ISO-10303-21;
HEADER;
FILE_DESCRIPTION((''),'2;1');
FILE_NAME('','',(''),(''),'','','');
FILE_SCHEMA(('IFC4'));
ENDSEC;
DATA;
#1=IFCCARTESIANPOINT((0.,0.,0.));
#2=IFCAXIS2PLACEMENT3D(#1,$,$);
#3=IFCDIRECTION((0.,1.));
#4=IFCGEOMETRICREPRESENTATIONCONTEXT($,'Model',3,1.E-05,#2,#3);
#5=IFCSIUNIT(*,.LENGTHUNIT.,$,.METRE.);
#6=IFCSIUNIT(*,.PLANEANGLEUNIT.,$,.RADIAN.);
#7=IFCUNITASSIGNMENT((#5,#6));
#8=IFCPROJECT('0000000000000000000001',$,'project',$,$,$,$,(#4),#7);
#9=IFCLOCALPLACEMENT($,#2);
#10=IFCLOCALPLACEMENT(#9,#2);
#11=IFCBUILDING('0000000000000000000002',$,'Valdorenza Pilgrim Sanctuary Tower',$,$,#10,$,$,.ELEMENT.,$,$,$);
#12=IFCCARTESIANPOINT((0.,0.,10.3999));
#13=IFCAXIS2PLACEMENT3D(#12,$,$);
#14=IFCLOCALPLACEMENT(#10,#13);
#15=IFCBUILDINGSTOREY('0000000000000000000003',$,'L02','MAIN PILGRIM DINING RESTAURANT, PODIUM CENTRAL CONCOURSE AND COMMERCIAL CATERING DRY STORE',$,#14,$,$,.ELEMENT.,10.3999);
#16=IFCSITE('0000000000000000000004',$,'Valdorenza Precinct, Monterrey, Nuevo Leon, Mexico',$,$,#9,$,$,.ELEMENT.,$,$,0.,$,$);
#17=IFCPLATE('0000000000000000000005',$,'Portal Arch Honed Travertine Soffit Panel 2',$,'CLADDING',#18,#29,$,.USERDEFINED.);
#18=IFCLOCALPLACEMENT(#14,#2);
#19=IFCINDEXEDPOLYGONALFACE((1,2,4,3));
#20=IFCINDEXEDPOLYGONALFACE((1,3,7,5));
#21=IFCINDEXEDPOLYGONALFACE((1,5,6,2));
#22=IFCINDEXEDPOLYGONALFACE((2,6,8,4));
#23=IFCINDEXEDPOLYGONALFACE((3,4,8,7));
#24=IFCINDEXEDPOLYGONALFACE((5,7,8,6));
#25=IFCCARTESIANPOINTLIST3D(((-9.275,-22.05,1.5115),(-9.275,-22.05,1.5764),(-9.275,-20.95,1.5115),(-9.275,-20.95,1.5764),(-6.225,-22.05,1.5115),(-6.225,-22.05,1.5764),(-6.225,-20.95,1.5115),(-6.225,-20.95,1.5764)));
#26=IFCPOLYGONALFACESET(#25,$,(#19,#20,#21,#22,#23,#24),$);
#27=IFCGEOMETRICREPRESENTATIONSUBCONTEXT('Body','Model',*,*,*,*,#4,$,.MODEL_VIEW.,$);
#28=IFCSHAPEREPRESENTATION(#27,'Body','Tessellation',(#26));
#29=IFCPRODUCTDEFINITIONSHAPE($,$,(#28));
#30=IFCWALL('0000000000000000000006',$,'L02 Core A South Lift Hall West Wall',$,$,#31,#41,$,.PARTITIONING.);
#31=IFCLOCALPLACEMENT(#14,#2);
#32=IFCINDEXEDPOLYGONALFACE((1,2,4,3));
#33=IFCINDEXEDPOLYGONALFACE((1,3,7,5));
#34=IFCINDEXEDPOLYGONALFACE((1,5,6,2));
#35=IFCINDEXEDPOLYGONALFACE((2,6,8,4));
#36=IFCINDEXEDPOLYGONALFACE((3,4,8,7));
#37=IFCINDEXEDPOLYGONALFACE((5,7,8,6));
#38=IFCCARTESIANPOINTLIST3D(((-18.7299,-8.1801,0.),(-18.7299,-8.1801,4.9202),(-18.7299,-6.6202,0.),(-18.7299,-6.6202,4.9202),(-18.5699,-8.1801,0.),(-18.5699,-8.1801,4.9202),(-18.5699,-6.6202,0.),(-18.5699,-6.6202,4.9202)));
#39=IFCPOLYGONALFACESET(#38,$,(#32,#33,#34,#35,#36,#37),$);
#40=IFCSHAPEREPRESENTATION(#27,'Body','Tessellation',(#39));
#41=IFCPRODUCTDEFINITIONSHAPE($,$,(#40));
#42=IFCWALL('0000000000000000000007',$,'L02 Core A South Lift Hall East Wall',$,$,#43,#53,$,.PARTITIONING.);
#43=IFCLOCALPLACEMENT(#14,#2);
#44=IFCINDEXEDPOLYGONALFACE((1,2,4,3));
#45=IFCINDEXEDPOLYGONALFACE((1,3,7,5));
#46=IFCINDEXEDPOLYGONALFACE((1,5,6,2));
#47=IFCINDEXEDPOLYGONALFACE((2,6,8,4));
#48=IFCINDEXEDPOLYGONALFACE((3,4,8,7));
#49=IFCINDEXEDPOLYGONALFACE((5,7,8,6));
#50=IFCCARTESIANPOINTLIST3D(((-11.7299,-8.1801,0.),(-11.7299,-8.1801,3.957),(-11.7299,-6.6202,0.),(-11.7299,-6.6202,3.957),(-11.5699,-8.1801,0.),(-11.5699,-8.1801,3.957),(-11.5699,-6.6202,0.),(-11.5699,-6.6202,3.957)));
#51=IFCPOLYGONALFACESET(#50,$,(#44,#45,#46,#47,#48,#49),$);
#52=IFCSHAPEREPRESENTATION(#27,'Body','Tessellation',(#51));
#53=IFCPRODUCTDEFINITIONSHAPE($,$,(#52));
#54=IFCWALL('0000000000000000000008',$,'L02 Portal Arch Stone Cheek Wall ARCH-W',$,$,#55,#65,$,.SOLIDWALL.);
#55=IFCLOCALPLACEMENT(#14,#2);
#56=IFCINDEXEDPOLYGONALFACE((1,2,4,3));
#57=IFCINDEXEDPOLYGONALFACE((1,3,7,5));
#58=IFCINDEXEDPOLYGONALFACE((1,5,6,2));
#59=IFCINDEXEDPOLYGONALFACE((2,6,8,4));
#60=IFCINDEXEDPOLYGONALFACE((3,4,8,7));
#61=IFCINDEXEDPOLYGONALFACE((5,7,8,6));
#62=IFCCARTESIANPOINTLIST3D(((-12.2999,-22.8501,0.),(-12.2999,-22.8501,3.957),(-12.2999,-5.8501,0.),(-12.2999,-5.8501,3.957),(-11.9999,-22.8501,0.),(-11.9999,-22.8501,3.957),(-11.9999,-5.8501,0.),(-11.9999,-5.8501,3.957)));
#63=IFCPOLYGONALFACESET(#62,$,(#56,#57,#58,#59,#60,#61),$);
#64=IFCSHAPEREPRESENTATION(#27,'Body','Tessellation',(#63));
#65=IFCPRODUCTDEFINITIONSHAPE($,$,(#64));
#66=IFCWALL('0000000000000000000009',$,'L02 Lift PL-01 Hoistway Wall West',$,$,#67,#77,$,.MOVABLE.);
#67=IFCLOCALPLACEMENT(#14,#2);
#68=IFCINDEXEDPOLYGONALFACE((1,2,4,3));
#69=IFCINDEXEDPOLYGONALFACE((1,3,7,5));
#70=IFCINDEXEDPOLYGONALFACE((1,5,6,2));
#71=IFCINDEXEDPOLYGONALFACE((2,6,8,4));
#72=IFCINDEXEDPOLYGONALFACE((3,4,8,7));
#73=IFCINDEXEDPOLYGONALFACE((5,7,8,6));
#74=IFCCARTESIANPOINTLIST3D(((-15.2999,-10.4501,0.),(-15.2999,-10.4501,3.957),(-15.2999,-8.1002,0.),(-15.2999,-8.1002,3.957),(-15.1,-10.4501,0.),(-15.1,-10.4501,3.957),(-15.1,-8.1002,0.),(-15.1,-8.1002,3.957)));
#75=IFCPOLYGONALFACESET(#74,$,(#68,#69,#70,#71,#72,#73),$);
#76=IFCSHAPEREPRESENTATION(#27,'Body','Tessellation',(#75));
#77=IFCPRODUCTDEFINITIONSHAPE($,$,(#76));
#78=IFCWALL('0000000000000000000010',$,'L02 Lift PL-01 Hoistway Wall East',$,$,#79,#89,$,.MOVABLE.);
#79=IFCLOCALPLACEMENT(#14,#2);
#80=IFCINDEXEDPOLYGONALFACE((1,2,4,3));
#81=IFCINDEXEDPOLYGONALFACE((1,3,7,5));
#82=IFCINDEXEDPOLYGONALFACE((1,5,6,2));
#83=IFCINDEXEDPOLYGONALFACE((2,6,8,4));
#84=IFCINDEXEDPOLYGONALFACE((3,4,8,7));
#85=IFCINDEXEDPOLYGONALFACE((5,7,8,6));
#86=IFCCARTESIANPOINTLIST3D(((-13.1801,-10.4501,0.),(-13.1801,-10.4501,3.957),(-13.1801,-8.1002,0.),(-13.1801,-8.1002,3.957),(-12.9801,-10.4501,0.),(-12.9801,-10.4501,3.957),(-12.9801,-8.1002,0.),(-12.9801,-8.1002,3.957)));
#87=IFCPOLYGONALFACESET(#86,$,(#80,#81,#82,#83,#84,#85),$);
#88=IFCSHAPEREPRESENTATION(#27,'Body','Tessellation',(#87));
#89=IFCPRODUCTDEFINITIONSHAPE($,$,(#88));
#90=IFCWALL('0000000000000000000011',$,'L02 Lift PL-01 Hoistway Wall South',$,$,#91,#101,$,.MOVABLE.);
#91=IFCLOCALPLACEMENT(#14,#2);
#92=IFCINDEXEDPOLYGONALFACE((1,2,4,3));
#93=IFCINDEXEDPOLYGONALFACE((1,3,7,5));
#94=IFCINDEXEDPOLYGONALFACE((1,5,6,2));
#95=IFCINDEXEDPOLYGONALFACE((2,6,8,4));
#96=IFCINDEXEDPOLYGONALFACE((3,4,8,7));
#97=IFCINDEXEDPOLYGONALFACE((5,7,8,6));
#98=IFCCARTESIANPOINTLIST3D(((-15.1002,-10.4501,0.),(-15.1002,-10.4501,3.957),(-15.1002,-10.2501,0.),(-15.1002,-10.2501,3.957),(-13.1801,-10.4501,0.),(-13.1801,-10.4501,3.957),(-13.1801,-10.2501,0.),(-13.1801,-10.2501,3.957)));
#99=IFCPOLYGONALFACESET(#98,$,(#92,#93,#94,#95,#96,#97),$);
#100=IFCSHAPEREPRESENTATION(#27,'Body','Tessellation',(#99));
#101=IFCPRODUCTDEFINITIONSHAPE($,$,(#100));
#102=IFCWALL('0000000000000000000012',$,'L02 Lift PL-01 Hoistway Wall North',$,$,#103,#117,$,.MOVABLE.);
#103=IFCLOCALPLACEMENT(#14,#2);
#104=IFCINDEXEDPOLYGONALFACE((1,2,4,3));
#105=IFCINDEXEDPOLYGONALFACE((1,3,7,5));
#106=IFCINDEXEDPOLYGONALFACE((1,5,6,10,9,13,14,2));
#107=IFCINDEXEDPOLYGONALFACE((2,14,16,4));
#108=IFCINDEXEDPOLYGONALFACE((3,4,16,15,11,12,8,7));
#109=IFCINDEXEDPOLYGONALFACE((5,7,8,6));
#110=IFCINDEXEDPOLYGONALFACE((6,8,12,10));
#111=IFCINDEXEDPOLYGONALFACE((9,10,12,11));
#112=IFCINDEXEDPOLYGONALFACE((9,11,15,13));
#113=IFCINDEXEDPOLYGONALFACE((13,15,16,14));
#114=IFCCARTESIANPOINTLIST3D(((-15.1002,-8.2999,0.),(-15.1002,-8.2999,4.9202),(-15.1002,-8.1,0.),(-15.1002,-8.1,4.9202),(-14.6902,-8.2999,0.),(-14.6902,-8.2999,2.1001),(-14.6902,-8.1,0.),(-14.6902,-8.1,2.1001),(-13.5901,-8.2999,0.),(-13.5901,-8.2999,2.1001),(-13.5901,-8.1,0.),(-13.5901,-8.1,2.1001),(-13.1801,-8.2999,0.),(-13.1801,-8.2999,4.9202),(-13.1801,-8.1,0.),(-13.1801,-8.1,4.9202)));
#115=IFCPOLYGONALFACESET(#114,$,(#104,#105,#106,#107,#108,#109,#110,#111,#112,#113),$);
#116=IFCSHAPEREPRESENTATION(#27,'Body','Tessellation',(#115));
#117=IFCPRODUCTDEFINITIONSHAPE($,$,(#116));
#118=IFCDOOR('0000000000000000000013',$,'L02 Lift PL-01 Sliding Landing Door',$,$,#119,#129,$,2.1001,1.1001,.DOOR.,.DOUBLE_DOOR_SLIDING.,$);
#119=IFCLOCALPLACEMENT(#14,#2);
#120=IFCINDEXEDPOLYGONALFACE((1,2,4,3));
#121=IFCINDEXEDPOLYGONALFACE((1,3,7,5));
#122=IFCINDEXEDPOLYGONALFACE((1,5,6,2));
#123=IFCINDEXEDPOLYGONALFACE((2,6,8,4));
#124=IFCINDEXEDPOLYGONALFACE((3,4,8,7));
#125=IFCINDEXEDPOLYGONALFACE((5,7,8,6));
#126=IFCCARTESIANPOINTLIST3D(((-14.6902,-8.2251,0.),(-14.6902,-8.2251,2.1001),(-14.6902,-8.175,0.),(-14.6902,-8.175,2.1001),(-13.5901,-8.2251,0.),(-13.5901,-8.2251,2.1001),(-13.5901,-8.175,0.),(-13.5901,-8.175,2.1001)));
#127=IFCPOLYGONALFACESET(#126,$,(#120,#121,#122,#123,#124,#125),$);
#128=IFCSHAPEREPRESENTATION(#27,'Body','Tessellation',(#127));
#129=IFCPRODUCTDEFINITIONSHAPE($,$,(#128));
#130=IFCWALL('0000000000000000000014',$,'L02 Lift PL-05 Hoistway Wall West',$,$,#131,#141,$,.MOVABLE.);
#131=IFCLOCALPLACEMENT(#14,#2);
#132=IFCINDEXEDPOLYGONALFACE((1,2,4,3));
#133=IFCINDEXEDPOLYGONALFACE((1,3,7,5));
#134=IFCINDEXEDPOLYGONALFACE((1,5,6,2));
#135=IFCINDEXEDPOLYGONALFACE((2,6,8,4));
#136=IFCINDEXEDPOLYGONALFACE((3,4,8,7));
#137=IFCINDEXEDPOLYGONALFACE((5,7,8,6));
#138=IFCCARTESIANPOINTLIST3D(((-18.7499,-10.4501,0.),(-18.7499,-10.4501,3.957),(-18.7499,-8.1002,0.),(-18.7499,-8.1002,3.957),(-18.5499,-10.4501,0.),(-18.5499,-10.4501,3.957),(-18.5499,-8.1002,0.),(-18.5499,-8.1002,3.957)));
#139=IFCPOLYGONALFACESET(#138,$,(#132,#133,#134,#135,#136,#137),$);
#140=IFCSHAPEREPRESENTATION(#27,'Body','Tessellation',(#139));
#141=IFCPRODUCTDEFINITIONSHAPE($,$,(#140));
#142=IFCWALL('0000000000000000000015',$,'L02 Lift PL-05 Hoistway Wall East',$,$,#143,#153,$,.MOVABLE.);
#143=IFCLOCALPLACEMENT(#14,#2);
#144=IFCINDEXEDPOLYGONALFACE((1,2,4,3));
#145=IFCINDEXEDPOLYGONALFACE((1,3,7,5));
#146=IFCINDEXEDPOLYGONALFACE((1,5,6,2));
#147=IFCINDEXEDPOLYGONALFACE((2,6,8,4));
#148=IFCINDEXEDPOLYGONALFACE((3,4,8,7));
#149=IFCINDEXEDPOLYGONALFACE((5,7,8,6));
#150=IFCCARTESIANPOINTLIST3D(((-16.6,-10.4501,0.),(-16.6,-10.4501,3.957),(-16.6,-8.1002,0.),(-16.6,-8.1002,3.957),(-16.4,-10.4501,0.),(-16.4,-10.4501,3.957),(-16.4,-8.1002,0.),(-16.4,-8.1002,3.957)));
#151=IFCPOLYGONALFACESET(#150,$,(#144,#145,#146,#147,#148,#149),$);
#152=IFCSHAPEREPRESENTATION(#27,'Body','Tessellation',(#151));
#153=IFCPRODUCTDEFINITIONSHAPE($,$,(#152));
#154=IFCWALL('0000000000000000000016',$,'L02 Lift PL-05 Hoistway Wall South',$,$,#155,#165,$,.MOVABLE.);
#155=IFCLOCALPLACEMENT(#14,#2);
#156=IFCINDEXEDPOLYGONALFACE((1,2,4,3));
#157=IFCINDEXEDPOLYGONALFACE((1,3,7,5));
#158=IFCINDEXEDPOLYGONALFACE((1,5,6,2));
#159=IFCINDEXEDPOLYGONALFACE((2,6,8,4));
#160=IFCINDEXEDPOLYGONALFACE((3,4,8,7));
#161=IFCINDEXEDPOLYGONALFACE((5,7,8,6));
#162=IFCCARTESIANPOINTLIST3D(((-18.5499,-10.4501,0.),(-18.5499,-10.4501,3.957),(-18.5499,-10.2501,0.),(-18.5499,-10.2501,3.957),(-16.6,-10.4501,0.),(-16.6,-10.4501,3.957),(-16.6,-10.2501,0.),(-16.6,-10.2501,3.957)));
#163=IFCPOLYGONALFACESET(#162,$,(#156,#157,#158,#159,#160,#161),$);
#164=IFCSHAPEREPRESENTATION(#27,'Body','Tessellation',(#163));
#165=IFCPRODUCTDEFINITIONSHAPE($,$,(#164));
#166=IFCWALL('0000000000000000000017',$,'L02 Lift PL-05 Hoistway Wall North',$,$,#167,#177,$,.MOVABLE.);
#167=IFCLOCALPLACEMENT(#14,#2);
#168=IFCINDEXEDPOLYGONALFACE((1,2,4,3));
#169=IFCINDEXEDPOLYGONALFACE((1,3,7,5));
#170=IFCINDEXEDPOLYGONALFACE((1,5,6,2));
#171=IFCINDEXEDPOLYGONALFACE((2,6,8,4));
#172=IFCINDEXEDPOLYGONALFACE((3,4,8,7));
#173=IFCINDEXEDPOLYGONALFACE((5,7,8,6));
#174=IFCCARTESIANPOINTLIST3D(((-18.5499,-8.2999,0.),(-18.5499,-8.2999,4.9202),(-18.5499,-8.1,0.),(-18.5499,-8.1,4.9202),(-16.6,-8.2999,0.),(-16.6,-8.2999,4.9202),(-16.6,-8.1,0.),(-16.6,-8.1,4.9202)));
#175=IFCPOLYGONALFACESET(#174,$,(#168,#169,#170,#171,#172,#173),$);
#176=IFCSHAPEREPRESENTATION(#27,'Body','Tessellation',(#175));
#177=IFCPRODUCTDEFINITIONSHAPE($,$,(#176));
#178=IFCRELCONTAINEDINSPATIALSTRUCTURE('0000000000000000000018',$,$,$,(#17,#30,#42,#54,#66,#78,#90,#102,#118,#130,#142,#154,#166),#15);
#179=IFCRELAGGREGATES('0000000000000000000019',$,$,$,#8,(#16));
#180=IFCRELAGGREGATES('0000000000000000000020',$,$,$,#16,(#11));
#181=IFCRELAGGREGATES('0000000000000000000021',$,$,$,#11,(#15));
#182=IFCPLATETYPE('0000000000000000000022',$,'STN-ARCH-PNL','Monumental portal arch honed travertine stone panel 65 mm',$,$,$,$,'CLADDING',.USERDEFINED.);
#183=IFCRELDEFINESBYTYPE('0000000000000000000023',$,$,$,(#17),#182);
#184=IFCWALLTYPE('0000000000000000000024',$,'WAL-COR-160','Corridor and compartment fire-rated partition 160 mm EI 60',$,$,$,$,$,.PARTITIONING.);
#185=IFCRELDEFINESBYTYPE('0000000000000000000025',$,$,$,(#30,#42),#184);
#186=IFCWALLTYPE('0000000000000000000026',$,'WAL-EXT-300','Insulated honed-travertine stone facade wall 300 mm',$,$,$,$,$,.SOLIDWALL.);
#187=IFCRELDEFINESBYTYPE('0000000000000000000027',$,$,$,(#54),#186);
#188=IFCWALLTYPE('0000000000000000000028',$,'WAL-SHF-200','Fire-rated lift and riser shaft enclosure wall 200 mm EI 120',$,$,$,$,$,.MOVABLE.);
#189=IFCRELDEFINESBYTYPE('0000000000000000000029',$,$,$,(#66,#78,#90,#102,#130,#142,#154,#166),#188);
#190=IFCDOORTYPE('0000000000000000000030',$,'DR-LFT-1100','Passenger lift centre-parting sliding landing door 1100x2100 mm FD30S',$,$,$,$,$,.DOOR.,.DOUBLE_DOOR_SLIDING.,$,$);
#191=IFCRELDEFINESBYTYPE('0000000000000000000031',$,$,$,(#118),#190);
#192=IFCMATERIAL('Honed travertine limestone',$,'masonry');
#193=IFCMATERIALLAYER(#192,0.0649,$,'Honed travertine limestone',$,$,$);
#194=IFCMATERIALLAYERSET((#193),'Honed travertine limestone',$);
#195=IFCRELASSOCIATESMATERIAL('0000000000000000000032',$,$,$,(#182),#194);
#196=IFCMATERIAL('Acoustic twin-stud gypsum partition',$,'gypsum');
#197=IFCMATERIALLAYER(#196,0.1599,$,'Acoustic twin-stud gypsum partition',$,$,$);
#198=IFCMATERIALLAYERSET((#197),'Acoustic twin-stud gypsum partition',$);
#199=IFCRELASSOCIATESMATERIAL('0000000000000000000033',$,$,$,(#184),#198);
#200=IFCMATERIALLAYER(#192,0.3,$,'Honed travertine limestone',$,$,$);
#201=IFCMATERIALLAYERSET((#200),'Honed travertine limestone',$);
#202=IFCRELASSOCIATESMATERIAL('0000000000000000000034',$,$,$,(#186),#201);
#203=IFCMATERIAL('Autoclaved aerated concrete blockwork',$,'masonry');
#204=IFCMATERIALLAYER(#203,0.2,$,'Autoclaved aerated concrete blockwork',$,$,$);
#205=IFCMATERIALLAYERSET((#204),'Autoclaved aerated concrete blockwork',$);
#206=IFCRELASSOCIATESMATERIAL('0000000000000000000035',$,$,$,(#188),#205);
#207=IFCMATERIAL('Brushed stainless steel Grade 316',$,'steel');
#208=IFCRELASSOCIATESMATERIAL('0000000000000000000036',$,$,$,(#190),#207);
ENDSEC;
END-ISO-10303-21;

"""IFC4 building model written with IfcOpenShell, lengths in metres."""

from ifc_helpers import new_model, si_unit, direction, frame, frame_2d, origin, origin_2d, place, context, subcontext, project, spatial, rectangle, extrude, source, transform, mapped, material, layer, layer_set, type_object, element, fill, save


model = new_model("IFC4")

# Units and contexts
model_context = context("Model", 3, precision=1e-05, world=origin(), true_north=direction((0.0, 1.0)))
body_context = subcontext(model_context, "Body", "Model", "MODEL_VIEW")
ifc_project = project(units=[si_unit("LENGTHUNIT", "METRE"), si_unit("PLANEANGLEUNIT", "RADIAN")], contexts=[model_context])

# Site, building, storey
site_placement = place(None, origin())
site = spatial("IfcSite", under=ifc_project, at=site_placement, Name="Valdorenza Precinct, Monterrey, Nuevo Leon, Mexico", CompositionType="ELEMENT", RefElevation=0.0)
building_placement = place(site_placement, origin())
building = spatial("IfcBuilding", under=site, at=building_placement, Name="Valdorenza Pilgrim Sanctuary Tower", CompositionType="ELEMENT")
storey_placement = place(building_placement, frame((0.0, 0.0, 10.3999)))
storey = spatial("IfcBuildingStorey", under=building, at=storey_placement, Name="L02", Description="MAIN PILGRIM DINING RESTAURANT, PODIUM CENTRAL CONCOURSE AND COMMERCIAL CATERING DRY STORE", CompositionType="ELEMENT", Elevation=10.3999)

# Plate
ifc_material_1 = material(Name="Honed travertine limestone", Category="masonry")
ifc_layer_1 = layer(ifc_material_1, 0.0649, Name="Honed travertine limestone")
ifc_layer_set_1 = layer_set([ifc_layer_1], Name="Honed travertine limestone")
plate_type_1 = type_object("IfcPlateType", Name="STN-ARCH-PNL", Description="Monumental portal arch honed travertine stone panel 65 mm", ElementType="CLADDING", PredefinedType="USERDEFINED", material=ifc_layer_set_1)
shared_shape_1 = source(origin(), body_context, "Body", "SweptSolid", [
    extrude(rectangle(XDim=3.05, YDim=1.1001, at=origin_2d()), origin(), (0.0, 0.0, 1.0), 0.0649),
])
plate_1_placement = place(storey_placement, frame((-7.75, -21.5, 1.5115), z_axis=(0.0, 0.0, 1.0), x_axis=(1.0, 0.0, 0.0)))
element("IfcPlate", 1, at=plate_1_placement, inside=storey, type_object=plate_type_1, Name="Portal Arch Honed Travertine Soffit Panel 2", ObjectType="CLADDING", PredefinedType="USERDEFINED", context=body_context, shape_type="MappedRepresentation", body=[
    mapped(shared_shape_1, transform((0.0, 0.0, 0.0), x_axis=(1.0, 0.0, 0.0), y_axis=(0.0, 1.0, 0.0), z_axis=(0.0, 0.0, 1.0), scale=1.0)),
])

# Walls
ifc_material_2 = material(Name="Acoustic twin-stud gypsum partition", Category="gypsum")
ifc_layer_2 = layer(ifc_material_2, 0.1599, Name="Acoustic twin-stud gypsum partition")
ifc_layer_set_2 = layer_set([ifc_layer_2], Name="Acoustic twin-stud gypsum partition")
wall_type_1 = type_object("IfcWallType", Name="WAL-COR-160", Description="Corridor and compartment fire-rated partition 160 mm EI 60", PredefinedType="PARTITIONING", material=ifc_layer_set_2)
wall_1_placement = place(storey_placement, frame((-18.6499, -8.1799, 0.0), z_axis=(0.0, 0.0, 1.0), x_axis=(0.0, 1.0, 0.0)))
element("IfcWall", 2, at=wall_1_placement, inside=storey, type_object=wall_type_1, Name="L02 Core A South Lift Hall West Wall", PredefinedType="PARTITIONING", context=body_context, shape_type="SweptSolid", body=[
    extrude(rectangle(XDim=1.5598, YDim=0.1599, at=frame_2d((0.7798, 0.0))), origin(), (0.0, 0.0, 1.0), 4.9202),
])
wall_2_placement = place(storey_placement, frame((-11.6499, -8.1799, 0.0), z_axis=(0.0, 0.0, 1.0), x_axis=(0.0, 1.0, 0.0)))
element("IfcWall", 3, at=wall_2_placement, inside=storey, type_object=wall_type_1, Name="L02 Core A South Lift Hall East Wall", PredefinedType="PARTITIONING", context=body_context, shape_type="SweptSolid", body=[
    extrude(rectangle(XDim=1.5598, YDim=0.1599, at=frame_2d((0.7798, 0.0))), origin(), (0.0, 0.0, 1.0), 3.957),
])
ifc_layer_3 = layer(ifc_material_1, 0.3, Name="Honed travertine limestone")
ifc_layer_set_3 = layer_set([ifc_layer_3], Name="Honed travertine limestone")
wall_type_2 = type_object("IfcWallType", Name="WAL-EXT-300", Description="Insulated honed-travertine stone facade wall 300 mm", PredefinedType="SOLIDWALL", material=ifc_layer_set_3)
wall_3_placement = place(storey_placement, frame((-12.1499, -22.8501, 0.0), z_axis=(0.0, 0.0, 1.0), x_axis=(0.0, 1.0, 0.0)))
element("IfcWall", 4, at=wall_3_placement, inside=storey, type_object=wall_type_2, Name="L02 Portal Arch Stone Cheek Wall ARCH-W", PredefinedType="SOLIDWALL", context=body_context, shape_type="SweptSolid", body=[
    extrude(rectangle(XDim=17.0, YDim=0.3, at=frame_2d((8.5, 0.0))), origin(), (0.0, 0.0, 1.0), 3.957),
])
ifc_material_3 = material(Name="Autoclaved aerated concrete blockwork", Category="masonry")
ifc_layer_4 = layer(ifc_material_3, 0.2, Name="Autoclaved aerated concrete blockwork")
ifc_layer_set_4 = layer_set([ifc_layer_4], Name="Autoclaved aerated concrete blockwork")
wall_type_3 = type_object("IfcWallType", Name="WAL-SHF-200", Description="Fire-rated lift and riser shaft enclosure wall 200 mm EI 120", PredefinedType="MOVABLE", material=ifc_layer_set_4)
for number, where, z_axis, x_axis, name in (
    (5, (-15.2, -10.45, 0.0), (0.0, 0.0, 1.0), (0.0, 1.0, 0.0), "L02 Lift PL-01 Hoistway Wall West"),
    (6, (-13.0801, -10.45, 0.0), (0.0, 0.0, 1.0), (0.0, 1.0, 0.0), "L02 Lift PL-01 Hoistway Wall East"),
):
    element("IfcWall", number, at=place(storey_placement, frame(where, z_axis=z_axis, x_axis=x_axis)), inside=storey, type_object=wall_type_3, Name=name, PredefinedType="MOVABLE", context=body_context, shape_type="SweptSolid", body=[
        extrude(rectangle(XDim=2.3499, YDim=0.2, at=frame_2d((1.1748, 0.0))), origin(), (0.0, 0.0, 1.0), 3.957),
    ])
wall_4_placement = place(storey_placement, frame((-15.1001, -10.3501, 0.0), z_axis=(0.0, 0.0, 1.0), x_axis=(1.0, 0.0, 0.0)))
element("IfcWall", 7, at=wall_4_placement, inside=storey, type_object=wall_type_3, Name="L02 Lift PL-01 Hoistway Wall South", PredefinedType="MOVABLE", context=body_context, shape_type="SweptSolid", body=[
    extrude(rectangle(XDim=1.9202, YDim=0.2, at=frame_2d((0.96, 0.0))), origin(), (0.0, 0.0, 1.0), 3.957),
])

# Wall, opening, door
wall_5_placement = place(storey_placement, frame((-15.1001, -8.2, 0.0), z_axis=(0.0, 0.0, 1.0), x_axis=(1.0, 0.0, 0.0)))
wall_5 = element("IfcWall", 8, at=wall_5_placement, inside=storey, type_object=wall_type_3, Name="L02 Lift PL-01 Hoistway Wall North", PredefinedType="MOVABLE", context=body_context, shape_type="SweptSolid", body=[
    extrude(rectangle(XDim=1.9202, YDim=0.2, at=frame_2d((0.96, 0.0))), origin(), (0.0, 0.0, 1.0), 4.9202),
])
opening_placement = place(wall_5_placement, frame((0.4099, 0.0, 0.0)))
opening = element("IfcOpeningElement", 9, at=opening_placement, cuts=wall_5, PredefinedType="OPENING", context=body_context, shape_type="SweptSolid", body=[
    extrude(rectangle(XDim=1.1001, YDim=2.1001, at=frame_2d((0.55, 1.05))), frame((0.0, 0.1147, 0.0), z_axis=(0.0, -1.0, 0.0), x_axis=(1.0, 0.0, 0.0)), (0.0, 0.0, 1.0), 0.2297),
])
ifc_material_4 = material(Name="Brushed stainless steel Grade 316", Category="steel")
door_type = type_object("IfcDoorType", Name="DR-LFT-1100", Description="Passenger lift centre-parting sliding landing door 1100x2100 mm FD30S", OperationType="DOUBLE_DOOR_SLIDING", PredefinedType="DOOR", material=ifc_material_4)
door_placement = place(opening_placement, origin())
door = element("IfcDoor", 10, at=door_placement, inside=storey, type_object=door_type, Name="L02 Lift PL-01 Sliding Landing Door", OperationType="DOUBLE_DOOR_SLIDING", OverallHeight=2.1001, OverallWidth=1.1001, PredefinedType="DOOR", context=body_context, shape_type="SweptSolid", body=[
    extrude(rectangle(XDim=1.1001, YDim=2.1001, at=frame_2d((0.55, 1.05))), frame((0.0, 0.0249, 0.0), z_axis=(0.0, -1.0, 0.0), x_axis=(1.0, 0.0, 0.0)), (0.0, 0.0, 1.0), 0.05),
])
fill(opening, door)

# Walls
for number, where, z_axis, x_axis, name in (
    (11, (-18.6499, -10.45, 0.0), (0.0, 0.0, 1.0), (0.0, 1.0, 0.0), "L02 Lift PL-05 Hoistway Wall West"),
    (12, (-16.5, -10.45, 0.0), (0.0, 0.0, 1.0), (0.0, 1.0, 0.0), "L02 Lift PL-05 Hoistway Wall East"),
):
    element("IfcWall", number, at=place(storey_placement, frame(where, z_axis=z_axis, x_axis=x_axis)), inside=storey, type_object=wall_type_3, Name=name, PredefinedType="MOVABLE", context=body_context, shape_type="SweptSolid", body=[
        extrude(rectangle(XDim=2.3499, YDim=0.2, at=frame_2d((1.1748, 0.0))), origin(), (0.0, 0.0, 1.0), 3.957),
    ])
wall_6_placement = place(storey_placement, frame((-18.55, -10.3501, 0.0), z_axis=(0.0, 0.0, 1.0), x_axis=(1.0, 0.0, 0.0)))
element("IfcWall", 13, at=wall_6_placement, inside=storey, type_object=wall_type_3, Name="L02 Lift PL-05 Hoistway Wall South", PredefinedType="MOVABLE", context=body_context, shape_type="SweptSolid", body=[
    extrude(rectangle(XDim=1.95, YDim=0.2, at=frame_2d((0.9751, 0.0))), origin(), (0.0, 0.0, 1.0), 3.957),
])
wall_7_placement = place(storey_placement, frame((-18.55, -8.2, 0.0), z_axis=(0.0, 0.0, 1.0), x_axis=(1.0, 0.0, 0.0)))
element("IfcWall", 14, at=wall_7_placement, inside=storey, type_object=wall_type_3, Name="L02 Lift PL-05 Hoistway Wall North", PredefinedType="MOVABLE", context=body_context, shape_type="SweptSolid", body=[
    extrude(rectangle(XDim=1.95, YDim=0.2, at=frame_2d((0.9751, 0.0))), origin(), (0.0, 0.0, 1.0), 4.9202),
])

save(model, "model.ifc")
